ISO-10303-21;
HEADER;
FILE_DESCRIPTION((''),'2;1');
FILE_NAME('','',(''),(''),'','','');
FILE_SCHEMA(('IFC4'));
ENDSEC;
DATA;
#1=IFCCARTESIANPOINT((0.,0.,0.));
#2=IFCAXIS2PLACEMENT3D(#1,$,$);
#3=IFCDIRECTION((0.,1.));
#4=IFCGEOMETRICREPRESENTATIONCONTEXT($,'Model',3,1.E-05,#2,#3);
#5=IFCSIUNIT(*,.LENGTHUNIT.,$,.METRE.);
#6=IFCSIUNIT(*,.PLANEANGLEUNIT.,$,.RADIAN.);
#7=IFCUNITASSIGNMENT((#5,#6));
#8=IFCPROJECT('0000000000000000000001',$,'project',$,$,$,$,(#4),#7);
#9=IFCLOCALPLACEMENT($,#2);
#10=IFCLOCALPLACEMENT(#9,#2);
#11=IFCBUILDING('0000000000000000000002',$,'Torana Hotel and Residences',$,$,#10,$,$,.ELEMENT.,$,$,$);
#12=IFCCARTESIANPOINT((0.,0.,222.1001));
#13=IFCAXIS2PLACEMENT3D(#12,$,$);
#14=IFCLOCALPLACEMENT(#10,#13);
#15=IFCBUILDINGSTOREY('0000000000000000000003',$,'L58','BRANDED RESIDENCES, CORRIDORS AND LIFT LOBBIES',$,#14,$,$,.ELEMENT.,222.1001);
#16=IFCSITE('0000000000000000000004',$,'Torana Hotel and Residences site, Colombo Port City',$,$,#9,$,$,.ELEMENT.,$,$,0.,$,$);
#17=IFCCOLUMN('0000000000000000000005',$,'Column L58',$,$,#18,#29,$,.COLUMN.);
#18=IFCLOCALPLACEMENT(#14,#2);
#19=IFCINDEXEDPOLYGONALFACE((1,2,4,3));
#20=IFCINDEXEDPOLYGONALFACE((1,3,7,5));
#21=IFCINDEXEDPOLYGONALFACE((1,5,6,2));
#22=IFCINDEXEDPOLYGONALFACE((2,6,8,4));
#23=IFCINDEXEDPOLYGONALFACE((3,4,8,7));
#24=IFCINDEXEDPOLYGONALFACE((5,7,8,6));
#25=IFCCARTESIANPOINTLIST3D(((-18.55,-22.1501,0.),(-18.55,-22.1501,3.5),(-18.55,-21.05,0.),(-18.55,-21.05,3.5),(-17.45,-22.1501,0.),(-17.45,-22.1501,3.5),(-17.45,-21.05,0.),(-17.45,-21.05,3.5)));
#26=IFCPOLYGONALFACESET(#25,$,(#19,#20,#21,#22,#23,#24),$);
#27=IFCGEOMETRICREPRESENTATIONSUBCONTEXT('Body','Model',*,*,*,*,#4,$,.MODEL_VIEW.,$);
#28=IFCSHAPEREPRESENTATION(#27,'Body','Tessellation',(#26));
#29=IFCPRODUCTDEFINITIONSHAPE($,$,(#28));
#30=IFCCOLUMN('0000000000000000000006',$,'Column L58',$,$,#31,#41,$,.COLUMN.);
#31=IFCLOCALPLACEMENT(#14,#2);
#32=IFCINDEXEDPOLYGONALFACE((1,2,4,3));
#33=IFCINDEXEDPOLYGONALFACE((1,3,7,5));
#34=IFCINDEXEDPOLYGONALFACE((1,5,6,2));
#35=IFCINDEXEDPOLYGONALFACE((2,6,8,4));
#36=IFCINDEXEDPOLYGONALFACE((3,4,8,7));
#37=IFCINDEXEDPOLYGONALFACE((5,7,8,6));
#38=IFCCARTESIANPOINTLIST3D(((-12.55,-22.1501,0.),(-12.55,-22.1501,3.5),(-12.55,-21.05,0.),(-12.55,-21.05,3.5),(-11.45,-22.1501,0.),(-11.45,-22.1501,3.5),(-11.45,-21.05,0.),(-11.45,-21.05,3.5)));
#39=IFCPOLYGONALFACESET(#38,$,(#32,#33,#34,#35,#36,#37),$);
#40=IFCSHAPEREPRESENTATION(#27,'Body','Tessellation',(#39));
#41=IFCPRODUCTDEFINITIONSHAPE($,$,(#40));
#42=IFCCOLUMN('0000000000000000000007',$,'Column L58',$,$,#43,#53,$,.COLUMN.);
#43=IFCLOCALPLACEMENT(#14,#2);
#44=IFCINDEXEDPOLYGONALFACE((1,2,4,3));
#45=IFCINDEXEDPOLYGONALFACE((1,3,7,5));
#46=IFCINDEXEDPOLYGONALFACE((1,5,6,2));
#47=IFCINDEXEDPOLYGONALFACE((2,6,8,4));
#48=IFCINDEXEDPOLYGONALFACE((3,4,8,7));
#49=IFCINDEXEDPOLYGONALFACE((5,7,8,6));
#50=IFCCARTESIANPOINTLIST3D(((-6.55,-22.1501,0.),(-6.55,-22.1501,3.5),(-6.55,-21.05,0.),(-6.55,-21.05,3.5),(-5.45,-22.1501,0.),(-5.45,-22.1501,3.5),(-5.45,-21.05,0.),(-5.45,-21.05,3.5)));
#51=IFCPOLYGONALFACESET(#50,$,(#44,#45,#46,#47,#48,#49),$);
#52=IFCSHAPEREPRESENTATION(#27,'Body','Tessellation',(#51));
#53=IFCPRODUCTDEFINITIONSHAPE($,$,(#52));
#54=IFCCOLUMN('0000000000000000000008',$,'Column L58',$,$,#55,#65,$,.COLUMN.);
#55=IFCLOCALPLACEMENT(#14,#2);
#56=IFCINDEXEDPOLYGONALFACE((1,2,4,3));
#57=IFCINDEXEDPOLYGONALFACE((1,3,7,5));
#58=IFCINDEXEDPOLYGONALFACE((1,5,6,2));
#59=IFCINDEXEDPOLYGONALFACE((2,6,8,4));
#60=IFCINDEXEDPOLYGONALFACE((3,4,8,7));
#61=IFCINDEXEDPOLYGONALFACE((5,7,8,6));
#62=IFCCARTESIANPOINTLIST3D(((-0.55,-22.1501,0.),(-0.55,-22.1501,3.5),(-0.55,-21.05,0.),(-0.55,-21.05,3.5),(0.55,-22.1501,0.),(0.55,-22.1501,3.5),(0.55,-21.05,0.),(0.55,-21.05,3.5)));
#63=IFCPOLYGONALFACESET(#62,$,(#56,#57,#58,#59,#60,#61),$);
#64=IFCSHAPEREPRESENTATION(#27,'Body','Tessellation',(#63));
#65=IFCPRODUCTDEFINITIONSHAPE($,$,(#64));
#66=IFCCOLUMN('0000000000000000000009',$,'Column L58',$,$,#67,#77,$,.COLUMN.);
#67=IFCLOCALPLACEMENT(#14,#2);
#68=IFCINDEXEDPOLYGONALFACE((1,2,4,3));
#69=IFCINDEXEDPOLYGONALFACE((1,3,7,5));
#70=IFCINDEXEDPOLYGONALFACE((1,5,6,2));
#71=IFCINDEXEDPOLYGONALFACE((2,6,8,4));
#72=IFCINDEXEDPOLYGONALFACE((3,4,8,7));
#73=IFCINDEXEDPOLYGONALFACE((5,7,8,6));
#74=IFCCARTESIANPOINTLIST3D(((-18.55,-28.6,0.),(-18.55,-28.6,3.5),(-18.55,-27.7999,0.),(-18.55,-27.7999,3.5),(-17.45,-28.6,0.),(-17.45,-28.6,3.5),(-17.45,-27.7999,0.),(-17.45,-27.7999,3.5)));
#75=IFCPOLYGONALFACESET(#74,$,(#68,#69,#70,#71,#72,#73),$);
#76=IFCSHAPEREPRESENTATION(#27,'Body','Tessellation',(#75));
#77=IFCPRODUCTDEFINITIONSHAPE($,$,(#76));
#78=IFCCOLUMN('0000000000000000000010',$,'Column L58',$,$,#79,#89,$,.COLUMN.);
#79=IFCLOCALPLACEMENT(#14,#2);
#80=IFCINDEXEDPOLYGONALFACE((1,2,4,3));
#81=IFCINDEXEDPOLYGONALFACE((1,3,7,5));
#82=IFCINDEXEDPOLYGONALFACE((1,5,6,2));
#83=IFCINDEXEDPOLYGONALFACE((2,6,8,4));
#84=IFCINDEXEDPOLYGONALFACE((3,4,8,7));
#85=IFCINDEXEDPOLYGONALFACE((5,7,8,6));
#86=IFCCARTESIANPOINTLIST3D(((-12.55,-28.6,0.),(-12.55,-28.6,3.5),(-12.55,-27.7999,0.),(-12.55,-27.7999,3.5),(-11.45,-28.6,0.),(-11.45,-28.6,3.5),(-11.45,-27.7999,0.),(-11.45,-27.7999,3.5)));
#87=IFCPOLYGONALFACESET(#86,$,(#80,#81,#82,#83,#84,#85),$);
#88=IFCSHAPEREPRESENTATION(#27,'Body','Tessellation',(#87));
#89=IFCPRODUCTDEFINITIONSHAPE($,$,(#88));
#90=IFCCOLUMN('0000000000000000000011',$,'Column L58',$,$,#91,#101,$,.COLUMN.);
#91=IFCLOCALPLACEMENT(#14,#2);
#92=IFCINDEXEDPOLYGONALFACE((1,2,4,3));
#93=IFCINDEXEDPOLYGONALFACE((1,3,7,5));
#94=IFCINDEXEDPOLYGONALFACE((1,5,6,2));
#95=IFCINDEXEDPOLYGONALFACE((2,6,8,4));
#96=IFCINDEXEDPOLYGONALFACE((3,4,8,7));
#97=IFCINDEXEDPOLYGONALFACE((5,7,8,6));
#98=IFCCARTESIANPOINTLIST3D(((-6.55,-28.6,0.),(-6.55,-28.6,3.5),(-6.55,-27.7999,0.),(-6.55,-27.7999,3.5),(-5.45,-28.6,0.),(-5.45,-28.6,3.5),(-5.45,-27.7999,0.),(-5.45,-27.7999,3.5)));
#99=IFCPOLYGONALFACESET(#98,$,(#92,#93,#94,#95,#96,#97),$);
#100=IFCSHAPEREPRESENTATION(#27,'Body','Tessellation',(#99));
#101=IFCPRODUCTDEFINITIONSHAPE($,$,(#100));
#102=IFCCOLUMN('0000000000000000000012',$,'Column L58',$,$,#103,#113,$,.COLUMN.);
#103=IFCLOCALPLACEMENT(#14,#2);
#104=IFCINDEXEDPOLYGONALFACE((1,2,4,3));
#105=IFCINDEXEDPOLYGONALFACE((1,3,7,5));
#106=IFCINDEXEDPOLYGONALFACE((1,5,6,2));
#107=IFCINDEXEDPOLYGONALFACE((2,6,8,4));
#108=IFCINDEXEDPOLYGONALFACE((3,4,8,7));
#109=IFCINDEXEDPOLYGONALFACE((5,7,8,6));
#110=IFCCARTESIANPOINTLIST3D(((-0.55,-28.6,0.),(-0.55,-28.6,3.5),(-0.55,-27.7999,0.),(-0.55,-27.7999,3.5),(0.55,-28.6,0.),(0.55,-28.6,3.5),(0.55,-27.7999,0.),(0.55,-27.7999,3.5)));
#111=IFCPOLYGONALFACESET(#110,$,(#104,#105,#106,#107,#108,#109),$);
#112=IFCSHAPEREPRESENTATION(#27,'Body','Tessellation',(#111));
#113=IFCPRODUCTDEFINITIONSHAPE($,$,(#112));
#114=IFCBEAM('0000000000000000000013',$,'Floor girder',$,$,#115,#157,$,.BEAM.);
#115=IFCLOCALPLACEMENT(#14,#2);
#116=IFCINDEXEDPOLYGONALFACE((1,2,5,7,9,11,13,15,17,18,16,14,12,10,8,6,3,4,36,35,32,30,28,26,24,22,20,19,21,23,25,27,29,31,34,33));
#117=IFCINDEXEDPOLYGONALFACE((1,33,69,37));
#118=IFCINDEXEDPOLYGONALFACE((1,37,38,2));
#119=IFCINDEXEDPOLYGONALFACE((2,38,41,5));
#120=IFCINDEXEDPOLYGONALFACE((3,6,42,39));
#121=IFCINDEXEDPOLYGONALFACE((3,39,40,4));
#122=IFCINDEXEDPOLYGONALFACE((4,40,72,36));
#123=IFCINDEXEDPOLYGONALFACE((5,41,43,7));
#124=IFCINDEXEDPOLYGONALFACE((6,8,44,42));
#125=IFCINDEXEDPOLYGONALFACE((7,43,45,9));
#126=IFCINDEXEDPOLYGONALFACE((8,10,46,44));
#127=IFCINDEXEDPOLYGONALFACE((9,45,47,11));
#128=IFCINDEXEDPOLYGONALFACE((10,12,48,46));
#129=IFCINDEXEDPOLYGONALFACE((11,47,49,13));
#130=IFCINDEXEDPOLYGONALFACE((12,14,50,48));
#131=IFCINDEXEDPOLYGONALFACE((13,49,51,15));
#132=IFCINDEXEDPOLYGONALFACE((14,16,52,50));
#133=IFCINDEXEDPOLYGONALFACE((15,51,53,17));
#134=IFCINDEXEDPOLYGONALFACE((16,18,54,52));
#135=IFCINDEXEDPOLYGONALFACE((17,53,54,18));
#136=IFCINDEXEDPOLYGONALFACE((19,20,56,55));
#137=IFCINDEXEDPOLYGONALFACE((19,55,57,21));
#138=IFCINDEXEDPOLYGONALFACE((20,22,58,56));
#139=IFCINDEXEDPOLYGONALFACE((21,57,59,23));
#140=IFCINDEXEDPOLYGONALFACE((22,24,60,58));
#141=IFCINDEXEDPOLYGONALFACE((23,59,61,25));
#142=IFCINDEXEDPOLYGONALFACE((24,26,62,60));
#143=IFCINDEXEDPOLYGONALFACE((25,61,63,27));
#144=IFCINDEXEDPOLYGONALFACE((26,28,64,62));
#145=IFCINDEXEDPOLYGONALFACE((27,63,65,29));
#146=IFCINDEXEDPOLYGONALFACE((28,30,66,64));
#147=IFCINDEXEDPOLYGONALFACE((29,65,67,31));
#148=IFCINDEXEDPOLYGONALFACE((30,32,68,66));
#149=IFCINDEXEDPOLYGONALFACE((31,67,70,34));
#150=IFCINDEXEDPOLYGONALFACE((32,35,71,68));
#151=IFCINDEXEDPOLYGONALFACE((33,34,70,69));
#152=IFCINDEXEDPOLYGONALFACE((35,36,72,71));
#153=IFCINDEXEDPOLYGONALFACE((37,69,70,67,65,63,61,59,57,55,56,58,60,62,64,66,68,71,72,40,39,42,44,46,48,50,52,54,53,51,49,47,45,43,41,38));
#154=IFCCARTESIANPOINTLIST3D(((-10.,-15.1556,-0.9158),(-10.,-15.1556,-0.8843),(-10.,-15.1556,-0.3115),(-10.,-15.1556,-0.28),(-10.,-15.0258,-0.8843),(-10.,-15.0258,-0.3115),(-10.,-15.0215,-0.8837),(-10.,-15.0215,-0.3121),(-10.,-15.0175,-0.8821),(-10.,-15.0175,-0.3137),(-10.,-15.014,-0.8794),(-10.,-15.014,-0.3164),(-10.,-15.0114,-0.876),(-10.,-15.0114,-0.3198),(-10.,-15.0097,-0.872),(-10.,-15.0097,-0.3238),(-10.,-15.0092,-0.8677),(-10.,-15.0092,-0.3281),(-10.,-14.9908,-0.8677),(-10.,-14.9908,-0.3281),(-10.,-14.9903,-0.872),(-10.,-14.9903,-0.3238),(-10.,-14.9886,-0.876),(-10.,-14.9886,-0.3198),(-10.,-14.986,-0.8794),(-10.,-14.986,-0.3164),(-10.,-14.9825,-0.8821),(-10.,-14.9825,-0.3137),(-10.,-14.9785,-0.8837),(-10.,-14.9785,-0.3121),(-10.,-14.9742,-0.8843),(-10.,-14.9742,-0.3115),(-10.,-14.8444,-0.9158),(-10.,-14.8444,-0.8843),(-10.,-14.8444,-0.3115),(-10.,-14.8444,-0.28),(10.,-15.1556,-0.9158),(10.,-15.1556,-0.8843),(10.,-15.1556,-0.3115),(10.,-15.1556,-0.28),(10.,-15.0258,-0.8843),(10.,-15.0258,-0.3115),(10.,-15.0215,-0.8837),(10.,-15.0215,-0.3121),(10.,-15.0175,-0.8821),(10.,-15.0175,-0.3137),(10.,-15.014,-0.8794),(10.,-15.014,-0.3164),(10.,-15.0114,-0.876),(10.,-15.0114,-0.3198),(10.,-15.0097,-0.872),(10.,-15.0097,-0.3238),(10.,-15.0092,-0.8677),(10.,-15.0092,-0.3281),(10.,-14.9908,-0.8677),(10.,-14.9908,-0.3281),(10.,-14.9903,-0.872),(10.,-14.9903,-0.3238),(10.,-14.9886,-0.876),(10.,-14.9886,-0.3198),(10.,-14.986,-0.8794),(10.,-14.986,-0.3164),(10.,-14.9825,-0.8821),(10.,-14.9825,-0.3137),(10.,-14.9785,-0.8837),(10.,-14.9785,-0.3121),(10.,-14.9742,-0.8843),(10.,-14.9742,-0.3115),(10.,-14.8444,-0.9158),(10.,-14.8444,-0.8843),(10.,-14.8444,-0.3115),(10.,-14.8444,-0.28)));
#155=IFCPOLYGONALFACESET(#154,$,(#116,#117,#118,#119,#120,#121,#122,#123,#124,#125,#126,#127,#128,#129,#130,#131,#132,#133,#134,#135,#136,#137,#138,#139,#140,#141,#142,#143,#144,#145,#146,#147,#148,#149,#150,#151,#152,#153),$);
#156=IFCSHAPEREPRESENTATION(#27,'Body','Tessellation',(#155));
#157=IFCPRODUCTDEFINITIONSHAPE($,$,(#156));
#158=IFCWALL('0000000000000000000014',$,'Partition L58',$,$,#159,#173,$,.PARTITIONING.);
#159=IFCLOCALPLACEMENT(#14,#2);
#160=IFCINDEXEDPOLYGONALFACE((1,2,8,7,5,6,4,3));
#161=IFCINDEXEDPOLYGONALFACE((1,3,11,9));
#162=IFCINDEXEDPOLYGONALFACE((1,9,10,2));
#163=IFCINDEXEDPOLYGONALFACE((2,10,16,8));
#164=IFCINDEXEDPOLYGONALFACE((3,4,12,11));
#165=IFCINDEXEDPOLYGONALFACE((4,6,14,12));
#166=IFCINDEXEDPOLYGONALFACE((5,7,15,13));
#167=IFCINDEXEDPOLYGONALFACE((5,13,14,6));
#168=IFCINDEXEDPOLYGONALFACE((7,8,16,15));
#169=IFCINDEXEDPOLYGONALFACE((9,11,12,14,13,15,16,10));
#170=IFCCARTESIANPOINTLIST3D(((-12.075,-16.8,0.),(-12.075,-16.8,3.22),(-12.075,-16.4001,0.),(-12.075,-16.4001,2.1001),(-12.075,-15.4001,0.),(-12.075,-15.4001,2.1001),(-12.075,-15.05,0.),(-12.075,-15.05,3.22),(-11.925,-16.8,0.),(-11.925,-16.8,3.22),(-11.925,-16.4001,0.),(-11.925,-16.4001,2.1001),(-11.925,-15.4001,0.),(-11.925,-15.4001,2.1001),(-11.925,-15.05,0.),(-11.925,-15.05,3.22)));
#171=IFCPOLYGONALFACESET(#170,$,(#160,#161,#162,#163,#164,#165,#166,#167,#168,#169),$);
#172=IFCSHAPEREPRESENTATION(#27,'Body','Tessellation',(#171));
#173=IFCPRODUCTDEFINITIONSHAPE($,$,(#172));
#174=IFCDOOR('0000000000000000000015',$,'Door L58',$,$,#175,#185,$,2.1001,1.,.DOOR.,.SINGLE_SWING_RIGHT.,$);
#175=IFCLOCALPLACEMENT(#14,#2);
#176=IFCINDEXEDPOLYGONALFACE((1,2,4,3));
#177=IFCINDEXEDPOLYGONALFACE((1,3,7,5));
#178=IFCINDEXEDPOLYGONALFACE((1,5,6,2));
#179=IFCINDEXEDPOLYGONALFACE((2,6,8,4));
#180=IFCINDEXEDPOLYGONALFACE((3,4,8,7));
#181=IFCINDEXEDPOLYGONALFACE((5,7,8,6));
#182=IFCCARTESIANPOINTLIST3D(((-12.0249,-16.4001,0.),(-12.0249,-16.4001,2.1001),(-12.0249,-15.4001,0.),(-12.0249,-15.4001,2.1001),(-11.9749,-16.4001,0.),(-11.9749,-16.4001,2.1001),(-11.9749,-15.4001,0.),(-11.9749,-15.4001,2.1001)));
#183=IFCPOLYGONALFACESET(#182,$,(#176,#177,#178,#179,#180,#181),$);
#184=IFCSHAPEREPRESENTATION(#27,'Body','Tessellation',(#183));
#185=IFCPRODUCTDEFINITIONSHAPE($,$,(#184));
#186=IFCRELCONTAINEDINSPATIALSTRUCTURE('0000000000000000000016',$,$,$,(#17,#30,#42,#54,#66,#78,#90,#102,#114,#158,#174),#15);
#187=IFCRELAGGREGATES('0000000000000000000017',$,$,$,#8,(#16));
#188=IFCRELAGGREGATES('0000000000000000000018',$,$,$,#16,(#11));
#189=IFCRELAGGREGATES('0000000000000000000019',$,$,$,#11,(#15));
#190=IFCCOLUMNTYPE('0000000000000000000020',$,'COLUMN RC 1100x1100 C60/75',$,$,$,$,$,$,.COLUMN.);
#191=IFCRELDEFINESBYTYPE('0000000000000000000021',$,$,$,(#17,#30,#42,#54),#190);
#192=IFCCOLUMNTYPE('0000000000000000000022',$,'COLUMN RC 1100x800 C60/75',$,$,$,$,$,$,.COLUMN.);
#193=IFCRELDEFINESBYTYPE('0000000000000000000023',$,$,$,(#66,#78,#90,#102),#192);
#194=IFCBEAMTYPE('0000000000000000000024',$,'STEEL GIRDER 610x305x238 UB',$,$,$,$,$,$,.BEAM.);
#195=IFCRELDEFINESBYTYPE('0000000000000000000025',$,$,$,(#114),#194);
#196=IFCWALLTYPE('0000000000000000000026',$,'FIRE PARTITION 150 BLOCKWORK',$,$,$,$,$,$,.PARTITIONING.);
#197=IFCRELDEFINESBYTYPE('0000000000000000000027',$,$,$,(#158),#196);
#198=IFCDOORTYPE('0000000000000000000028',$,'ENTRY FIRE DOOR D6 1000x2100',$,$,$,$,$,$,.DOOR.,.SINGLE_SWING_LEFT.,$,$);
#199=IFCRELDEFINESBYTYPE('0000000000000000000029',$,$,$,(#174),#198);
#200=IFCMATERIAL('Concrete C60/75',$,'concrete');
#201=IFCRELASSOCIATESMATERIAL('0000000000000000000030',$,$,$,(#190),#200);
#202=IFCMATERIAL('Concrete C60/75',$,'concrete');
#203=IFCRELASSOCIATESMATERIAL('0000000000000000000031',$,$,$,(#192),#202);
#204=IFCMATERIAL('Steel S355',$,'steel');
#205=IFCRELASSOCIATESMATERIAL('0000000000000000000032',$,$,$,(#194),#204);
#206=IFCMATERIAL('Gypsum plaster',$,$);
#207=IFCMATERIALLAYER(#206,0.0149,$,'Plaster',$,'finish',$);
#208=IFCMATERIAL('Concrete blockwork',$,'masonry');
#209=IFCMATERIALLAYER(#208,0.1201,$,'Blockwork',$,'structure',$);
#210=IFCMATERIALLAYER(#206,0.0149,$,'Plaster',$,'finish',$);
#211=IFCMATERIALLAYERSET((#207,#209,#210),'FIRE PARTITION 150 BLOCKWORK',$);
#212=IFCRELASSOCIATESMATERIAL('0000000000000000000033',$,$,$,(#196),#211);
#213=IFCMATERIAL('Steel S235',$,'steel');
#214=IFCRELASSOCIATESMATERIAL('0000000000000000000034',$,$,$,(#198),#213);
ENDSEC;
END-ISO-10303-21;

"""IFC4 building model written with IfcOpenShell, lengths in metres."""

from ifc_helpers import new_model, si_unit, direction, frame, frame_2d, origin, origin_2d, place, context, subcontext, project, spatial, rectangle, i_section, extrude, material, layer, layer_set, material_profile, profile_set, type_object, element, fill, save


model = new_model("IFC4")

# Units and contexts
model_context = context("Model", 3, precision=1e-05, world=origin(), true_north=direction((0.0, 1.0)))
body_context = subcontext(model_context, "Body", "Model", "MODEL_VIEW")
ifc_project = project(units=[si_unit("LENGTHUNIT", "METRE"), si_unit("PLANEANGLEUNIT", "RADIAN")], contexts=[model_context])

# Site, building, storey
site_placement = place(None, origin())
site = spatial("IfcSite", under=ifc_project, at=site_placement, Name="Torana Hotel and Residences site, Colombo Port City", CompositionType="ELEMENT", RefElevation=0.0)
building_placement = place(site_placement, origin())
building = spatial("IfcBuilding", under=site, at=building_placement, Name="Torana Hotel and Residences", CompositionType="ELEMENT")
storey_placement = place(building_placement, frame((0.0, 0.0, 222.1001)))
storey = spatial("IfcBuildingStorey", under=building, at=storey_placement, Name="L58", Description="BRANDED RESIDENCES, CORRIDORS AND LIFT LOBBIES", CompositionType="ELEMENT", Elevation=222.1001)

# Columns
ifc_material_1 = material(Name="Concrete C60/75", Category="concrete")
ifc_material_profile_1 = material_profile(ifc_material_1, rectangle(XDim=1.1001, YDim=1.1001, at=origin_2d()), Name="RC 1100x1100")
ifc_profile_set_1 = profile_set([ifc_material_profile_1], Name="Concrete C60/75")
column_type_1 = type_object("IfcColumnType", Name="COLUMN RC 1100x1100 C60/75", PredefinedType="COLUMN", material=ifc_profile_set_1)
for number, where, z_axis, x_axis, name in (
    (1, (-18.0, -21.6001, 0.0), (0.0, 0.0, 1.0), (1.0, 0.0, 0.0), "Column L58"),
    (2, (-12.0, -21.6001, 0.0), (0.0, 0.0, 1.0), (1.0, 0.0, 0.0), "Column L58"),
    (3, (-6.0, -21.6001, 0.0), (0.0, 0.0, 1.0), (1.0, 0.0, 0.0), "Column L58"),
    (4, (0.0, -21.6001, 0.0), (0.0, 0.0, 1.0), (1.0, 0.0, 0.0), "Column L58"),
):
    element("IfcColumn", number, at=place(storey_placement, frame(where, z_axis=z_axis, x_axis=x_axis)), inside=storey, type_object=column_type_1, Name=name, PredefinedType="COLUMN", context=body_context, shape_type="SweptSolid", body=[
        extrude(rectangle(XDim=1.1001, YDim=1.1001, at=origin_2d()), origin(), (0.0, 0.0, 1.0), 3.5),
    ])
ifc_material_2 = material(Name="Concrete C60/75", Category="concrete")
ifc_material_profile_2 = material_profile(ifc_material_2, rectangle(XDim=1.1001, YDim=0.8, at=origin_2d()), Name="RC 1100x800")
ifc_profile_set_2 = profile_set([ifc_material_profile_2], Name="Concrete C60/75")
column_type_2 = type_object("IfcColumnType", Name="COLUMN RC 1100x800 C60/75", PredefinedType="COLUMN", material=ifc_profile_set_2)
for number, where, z_axis, x_axis, name in (
    (5, (-18.0, -28.2, 0.0), (0.0, 0.0, 1.0), (1.0, 0.0, 0.0), "Column L58"),
    (6, (-12.0, -28.2, 0.0), (0.0, 0.0, 1.0), (1.0, 0.0, 0.0), "Column L58"),
    (7, (-6.0, -28.2, 0.0), (0.0, 0.0, 1.0), (1.0, 0.0, 0.0), "Column L58"),
    (8, (0.0, -28.2, 0.0), (0.0, 0.0, 1.0), (1.0, 0.0, 0.0), "Column L58"),
):
    element("IfcColumn", number, at=place(storey_placement, frame(where, z_axis=z_axis, x_axis=x_axis)), inside=storey, type_object=column_type_2, Name=name, PredefinedType="COLUMN", context=body_context, shape_type="SweptSolid", body=[
        extrude(rectangle(XDim=1.1001, YDim=0.8, at=origin_2d()), origin(), (0.0, 0.0, 1.0), 3.5),
    ])

# Beam
ifc_material_3 = material(Name="Steel S355", Category="steel")
ifc_material_profile_3 = material_profile(ifc_material_3, i_section(OverallWidth=0.3113, OverallDepth=0.6357, WebThickness=0.0183, FlangeThickness=0.0315, FilletRadius=0.0166, at=origin_2d()), Name="610x305x238 UB")
ifc_profile_set_3 = profile_set([ifc_material_profile_3], Name="Steel S355")
beam_type = type_object("IfcBeamType", Name="STEEL GIRDER 610x305x238 UB", PredefinedType="BEAM", material=ifc_profile_set_3)
beam_placement = place(storey_placement, frame((-10.0, -15.0, -0.5979), z_axis=(1.0, 0.0, 0.0), x_axis=(0.0, 1.0, 0.0)))
element("IfcBeam", 9, at=beam_placement, inside=storey, type_object=beam_type, Name="Floor girder", PredefinedType="BEAM", context=body_context, shape_type="SweptSolid", body=[
    extrude(i_section(OverallWidth=0.3113, OverallDepth=0.6357, WebThickness=0.0183, FlangeThickness=0.0315, FilletRadius=0.0166, at=origin_2d()), origin(), (0.0, 0.0, 1.0), 20.0),
])

# Wall, opening, door
ifc_material_4 = material(Name="Gypsum plaster")
ifc_layer_1 = layer(ifc_material_4, 0.0149, Name="Plaster", Category="finish")
ifc_material_5 = material(Name="Concrete blockwork", Category="masonry")
ifc_layer_2 = layer(ifc_material_5, 0.1201, Name="Blockwork", Category="structure")
ifc_layer_3 = layer(ifc_material_4, 0.0149, Name="Plaster", Category="finish")
ifc_layer_set_1 = layer_set([ifc_layer_1, ifc_layer_2, ifc_layer_3], Name="FIRE PARTITION 150 BLOCKWORK")
wall_type_1 = type_object("IfcWallType", Name="FIRE PARTITION 150 BLOCKWORK", PredefinedType="PARTITIONING", material=ifc_layer_set_1)
wall_1_placement = place(storey_placement, frame((-12.0, -16.8, 0.0), z_axis=(0.0, 0.0, 1.0), x_axis=(0.0, 1.0, 0.0)))
wall_1 = element("IfcWall", 10, at=wall_1_placement, inside=storey, type_object=wall_type_1, Name="Partition L58", PredefinedType="PARTITIONING", context=body_context, shape_type="SweptSolid", body=[
    extrude(rectangle(XDim=1.75, YDim=0.1499, at=frame_2d((0.875, 0.0))), origin(), (0.0, 0.0, 1.0), 3.22),
])
opening_1_placement = place(wall_1_placement, frame((0.3999, 0.0, 0.0)))
opening_1 = element("IfcOpeningElement", 11, at=opening_1_placement, cuts=wall_1, PredefinedType="OPENING", context=body_context, shape_type="SweptSolid", body=[
    extrude(rectangle(XDim=1.0, YDim=2.1001, at=frame_2d((0.5, 1.05))), frame((0.0, 0.085, 0.0), z_axis=(0.0, -1.0, 0.0), x_axis=(1.0, 0.0, 0.0)), (0.0, 0.0, 1.0), 0.1699),
])
ifc_material_6 = material(Name="Steel S235", Category="steel")
door_type = type_object("IfcDoorType", Name="ENTRY FIRE DOOR D6 1000x2100", OperationType="SINGLE_SWING_LEFT", PredefinedType="DOOR", material=ifc_material_6)
door_1_placement = place(opening_1_placement, origin())
door_1 = element("IfcDoor", 12, at=door_1_placement, inside=storey, type_object=door_type, Name="Door L58", OperationType="SINGLE_SWING_RIGHT", OverallHeight=2.1001, OverallWidth=1.0, PredefinedType="DOOR", context=body_context, shape_type="SweptSolid", body=[
    extrude(rectangle(XDim=1.0, YDim=2.1001, at=frame_2d((0.5, 1.05))), frame((0.0, 0.0249, 0.0), z_axis=(0.0, -1.0, 0.0), x_axis=(1.0, 0.0, 0.0)), (0.0, 0.0, 1.0), 0.05),
])
fill(opening_1, door_1)

save(model, "model.ifc")
